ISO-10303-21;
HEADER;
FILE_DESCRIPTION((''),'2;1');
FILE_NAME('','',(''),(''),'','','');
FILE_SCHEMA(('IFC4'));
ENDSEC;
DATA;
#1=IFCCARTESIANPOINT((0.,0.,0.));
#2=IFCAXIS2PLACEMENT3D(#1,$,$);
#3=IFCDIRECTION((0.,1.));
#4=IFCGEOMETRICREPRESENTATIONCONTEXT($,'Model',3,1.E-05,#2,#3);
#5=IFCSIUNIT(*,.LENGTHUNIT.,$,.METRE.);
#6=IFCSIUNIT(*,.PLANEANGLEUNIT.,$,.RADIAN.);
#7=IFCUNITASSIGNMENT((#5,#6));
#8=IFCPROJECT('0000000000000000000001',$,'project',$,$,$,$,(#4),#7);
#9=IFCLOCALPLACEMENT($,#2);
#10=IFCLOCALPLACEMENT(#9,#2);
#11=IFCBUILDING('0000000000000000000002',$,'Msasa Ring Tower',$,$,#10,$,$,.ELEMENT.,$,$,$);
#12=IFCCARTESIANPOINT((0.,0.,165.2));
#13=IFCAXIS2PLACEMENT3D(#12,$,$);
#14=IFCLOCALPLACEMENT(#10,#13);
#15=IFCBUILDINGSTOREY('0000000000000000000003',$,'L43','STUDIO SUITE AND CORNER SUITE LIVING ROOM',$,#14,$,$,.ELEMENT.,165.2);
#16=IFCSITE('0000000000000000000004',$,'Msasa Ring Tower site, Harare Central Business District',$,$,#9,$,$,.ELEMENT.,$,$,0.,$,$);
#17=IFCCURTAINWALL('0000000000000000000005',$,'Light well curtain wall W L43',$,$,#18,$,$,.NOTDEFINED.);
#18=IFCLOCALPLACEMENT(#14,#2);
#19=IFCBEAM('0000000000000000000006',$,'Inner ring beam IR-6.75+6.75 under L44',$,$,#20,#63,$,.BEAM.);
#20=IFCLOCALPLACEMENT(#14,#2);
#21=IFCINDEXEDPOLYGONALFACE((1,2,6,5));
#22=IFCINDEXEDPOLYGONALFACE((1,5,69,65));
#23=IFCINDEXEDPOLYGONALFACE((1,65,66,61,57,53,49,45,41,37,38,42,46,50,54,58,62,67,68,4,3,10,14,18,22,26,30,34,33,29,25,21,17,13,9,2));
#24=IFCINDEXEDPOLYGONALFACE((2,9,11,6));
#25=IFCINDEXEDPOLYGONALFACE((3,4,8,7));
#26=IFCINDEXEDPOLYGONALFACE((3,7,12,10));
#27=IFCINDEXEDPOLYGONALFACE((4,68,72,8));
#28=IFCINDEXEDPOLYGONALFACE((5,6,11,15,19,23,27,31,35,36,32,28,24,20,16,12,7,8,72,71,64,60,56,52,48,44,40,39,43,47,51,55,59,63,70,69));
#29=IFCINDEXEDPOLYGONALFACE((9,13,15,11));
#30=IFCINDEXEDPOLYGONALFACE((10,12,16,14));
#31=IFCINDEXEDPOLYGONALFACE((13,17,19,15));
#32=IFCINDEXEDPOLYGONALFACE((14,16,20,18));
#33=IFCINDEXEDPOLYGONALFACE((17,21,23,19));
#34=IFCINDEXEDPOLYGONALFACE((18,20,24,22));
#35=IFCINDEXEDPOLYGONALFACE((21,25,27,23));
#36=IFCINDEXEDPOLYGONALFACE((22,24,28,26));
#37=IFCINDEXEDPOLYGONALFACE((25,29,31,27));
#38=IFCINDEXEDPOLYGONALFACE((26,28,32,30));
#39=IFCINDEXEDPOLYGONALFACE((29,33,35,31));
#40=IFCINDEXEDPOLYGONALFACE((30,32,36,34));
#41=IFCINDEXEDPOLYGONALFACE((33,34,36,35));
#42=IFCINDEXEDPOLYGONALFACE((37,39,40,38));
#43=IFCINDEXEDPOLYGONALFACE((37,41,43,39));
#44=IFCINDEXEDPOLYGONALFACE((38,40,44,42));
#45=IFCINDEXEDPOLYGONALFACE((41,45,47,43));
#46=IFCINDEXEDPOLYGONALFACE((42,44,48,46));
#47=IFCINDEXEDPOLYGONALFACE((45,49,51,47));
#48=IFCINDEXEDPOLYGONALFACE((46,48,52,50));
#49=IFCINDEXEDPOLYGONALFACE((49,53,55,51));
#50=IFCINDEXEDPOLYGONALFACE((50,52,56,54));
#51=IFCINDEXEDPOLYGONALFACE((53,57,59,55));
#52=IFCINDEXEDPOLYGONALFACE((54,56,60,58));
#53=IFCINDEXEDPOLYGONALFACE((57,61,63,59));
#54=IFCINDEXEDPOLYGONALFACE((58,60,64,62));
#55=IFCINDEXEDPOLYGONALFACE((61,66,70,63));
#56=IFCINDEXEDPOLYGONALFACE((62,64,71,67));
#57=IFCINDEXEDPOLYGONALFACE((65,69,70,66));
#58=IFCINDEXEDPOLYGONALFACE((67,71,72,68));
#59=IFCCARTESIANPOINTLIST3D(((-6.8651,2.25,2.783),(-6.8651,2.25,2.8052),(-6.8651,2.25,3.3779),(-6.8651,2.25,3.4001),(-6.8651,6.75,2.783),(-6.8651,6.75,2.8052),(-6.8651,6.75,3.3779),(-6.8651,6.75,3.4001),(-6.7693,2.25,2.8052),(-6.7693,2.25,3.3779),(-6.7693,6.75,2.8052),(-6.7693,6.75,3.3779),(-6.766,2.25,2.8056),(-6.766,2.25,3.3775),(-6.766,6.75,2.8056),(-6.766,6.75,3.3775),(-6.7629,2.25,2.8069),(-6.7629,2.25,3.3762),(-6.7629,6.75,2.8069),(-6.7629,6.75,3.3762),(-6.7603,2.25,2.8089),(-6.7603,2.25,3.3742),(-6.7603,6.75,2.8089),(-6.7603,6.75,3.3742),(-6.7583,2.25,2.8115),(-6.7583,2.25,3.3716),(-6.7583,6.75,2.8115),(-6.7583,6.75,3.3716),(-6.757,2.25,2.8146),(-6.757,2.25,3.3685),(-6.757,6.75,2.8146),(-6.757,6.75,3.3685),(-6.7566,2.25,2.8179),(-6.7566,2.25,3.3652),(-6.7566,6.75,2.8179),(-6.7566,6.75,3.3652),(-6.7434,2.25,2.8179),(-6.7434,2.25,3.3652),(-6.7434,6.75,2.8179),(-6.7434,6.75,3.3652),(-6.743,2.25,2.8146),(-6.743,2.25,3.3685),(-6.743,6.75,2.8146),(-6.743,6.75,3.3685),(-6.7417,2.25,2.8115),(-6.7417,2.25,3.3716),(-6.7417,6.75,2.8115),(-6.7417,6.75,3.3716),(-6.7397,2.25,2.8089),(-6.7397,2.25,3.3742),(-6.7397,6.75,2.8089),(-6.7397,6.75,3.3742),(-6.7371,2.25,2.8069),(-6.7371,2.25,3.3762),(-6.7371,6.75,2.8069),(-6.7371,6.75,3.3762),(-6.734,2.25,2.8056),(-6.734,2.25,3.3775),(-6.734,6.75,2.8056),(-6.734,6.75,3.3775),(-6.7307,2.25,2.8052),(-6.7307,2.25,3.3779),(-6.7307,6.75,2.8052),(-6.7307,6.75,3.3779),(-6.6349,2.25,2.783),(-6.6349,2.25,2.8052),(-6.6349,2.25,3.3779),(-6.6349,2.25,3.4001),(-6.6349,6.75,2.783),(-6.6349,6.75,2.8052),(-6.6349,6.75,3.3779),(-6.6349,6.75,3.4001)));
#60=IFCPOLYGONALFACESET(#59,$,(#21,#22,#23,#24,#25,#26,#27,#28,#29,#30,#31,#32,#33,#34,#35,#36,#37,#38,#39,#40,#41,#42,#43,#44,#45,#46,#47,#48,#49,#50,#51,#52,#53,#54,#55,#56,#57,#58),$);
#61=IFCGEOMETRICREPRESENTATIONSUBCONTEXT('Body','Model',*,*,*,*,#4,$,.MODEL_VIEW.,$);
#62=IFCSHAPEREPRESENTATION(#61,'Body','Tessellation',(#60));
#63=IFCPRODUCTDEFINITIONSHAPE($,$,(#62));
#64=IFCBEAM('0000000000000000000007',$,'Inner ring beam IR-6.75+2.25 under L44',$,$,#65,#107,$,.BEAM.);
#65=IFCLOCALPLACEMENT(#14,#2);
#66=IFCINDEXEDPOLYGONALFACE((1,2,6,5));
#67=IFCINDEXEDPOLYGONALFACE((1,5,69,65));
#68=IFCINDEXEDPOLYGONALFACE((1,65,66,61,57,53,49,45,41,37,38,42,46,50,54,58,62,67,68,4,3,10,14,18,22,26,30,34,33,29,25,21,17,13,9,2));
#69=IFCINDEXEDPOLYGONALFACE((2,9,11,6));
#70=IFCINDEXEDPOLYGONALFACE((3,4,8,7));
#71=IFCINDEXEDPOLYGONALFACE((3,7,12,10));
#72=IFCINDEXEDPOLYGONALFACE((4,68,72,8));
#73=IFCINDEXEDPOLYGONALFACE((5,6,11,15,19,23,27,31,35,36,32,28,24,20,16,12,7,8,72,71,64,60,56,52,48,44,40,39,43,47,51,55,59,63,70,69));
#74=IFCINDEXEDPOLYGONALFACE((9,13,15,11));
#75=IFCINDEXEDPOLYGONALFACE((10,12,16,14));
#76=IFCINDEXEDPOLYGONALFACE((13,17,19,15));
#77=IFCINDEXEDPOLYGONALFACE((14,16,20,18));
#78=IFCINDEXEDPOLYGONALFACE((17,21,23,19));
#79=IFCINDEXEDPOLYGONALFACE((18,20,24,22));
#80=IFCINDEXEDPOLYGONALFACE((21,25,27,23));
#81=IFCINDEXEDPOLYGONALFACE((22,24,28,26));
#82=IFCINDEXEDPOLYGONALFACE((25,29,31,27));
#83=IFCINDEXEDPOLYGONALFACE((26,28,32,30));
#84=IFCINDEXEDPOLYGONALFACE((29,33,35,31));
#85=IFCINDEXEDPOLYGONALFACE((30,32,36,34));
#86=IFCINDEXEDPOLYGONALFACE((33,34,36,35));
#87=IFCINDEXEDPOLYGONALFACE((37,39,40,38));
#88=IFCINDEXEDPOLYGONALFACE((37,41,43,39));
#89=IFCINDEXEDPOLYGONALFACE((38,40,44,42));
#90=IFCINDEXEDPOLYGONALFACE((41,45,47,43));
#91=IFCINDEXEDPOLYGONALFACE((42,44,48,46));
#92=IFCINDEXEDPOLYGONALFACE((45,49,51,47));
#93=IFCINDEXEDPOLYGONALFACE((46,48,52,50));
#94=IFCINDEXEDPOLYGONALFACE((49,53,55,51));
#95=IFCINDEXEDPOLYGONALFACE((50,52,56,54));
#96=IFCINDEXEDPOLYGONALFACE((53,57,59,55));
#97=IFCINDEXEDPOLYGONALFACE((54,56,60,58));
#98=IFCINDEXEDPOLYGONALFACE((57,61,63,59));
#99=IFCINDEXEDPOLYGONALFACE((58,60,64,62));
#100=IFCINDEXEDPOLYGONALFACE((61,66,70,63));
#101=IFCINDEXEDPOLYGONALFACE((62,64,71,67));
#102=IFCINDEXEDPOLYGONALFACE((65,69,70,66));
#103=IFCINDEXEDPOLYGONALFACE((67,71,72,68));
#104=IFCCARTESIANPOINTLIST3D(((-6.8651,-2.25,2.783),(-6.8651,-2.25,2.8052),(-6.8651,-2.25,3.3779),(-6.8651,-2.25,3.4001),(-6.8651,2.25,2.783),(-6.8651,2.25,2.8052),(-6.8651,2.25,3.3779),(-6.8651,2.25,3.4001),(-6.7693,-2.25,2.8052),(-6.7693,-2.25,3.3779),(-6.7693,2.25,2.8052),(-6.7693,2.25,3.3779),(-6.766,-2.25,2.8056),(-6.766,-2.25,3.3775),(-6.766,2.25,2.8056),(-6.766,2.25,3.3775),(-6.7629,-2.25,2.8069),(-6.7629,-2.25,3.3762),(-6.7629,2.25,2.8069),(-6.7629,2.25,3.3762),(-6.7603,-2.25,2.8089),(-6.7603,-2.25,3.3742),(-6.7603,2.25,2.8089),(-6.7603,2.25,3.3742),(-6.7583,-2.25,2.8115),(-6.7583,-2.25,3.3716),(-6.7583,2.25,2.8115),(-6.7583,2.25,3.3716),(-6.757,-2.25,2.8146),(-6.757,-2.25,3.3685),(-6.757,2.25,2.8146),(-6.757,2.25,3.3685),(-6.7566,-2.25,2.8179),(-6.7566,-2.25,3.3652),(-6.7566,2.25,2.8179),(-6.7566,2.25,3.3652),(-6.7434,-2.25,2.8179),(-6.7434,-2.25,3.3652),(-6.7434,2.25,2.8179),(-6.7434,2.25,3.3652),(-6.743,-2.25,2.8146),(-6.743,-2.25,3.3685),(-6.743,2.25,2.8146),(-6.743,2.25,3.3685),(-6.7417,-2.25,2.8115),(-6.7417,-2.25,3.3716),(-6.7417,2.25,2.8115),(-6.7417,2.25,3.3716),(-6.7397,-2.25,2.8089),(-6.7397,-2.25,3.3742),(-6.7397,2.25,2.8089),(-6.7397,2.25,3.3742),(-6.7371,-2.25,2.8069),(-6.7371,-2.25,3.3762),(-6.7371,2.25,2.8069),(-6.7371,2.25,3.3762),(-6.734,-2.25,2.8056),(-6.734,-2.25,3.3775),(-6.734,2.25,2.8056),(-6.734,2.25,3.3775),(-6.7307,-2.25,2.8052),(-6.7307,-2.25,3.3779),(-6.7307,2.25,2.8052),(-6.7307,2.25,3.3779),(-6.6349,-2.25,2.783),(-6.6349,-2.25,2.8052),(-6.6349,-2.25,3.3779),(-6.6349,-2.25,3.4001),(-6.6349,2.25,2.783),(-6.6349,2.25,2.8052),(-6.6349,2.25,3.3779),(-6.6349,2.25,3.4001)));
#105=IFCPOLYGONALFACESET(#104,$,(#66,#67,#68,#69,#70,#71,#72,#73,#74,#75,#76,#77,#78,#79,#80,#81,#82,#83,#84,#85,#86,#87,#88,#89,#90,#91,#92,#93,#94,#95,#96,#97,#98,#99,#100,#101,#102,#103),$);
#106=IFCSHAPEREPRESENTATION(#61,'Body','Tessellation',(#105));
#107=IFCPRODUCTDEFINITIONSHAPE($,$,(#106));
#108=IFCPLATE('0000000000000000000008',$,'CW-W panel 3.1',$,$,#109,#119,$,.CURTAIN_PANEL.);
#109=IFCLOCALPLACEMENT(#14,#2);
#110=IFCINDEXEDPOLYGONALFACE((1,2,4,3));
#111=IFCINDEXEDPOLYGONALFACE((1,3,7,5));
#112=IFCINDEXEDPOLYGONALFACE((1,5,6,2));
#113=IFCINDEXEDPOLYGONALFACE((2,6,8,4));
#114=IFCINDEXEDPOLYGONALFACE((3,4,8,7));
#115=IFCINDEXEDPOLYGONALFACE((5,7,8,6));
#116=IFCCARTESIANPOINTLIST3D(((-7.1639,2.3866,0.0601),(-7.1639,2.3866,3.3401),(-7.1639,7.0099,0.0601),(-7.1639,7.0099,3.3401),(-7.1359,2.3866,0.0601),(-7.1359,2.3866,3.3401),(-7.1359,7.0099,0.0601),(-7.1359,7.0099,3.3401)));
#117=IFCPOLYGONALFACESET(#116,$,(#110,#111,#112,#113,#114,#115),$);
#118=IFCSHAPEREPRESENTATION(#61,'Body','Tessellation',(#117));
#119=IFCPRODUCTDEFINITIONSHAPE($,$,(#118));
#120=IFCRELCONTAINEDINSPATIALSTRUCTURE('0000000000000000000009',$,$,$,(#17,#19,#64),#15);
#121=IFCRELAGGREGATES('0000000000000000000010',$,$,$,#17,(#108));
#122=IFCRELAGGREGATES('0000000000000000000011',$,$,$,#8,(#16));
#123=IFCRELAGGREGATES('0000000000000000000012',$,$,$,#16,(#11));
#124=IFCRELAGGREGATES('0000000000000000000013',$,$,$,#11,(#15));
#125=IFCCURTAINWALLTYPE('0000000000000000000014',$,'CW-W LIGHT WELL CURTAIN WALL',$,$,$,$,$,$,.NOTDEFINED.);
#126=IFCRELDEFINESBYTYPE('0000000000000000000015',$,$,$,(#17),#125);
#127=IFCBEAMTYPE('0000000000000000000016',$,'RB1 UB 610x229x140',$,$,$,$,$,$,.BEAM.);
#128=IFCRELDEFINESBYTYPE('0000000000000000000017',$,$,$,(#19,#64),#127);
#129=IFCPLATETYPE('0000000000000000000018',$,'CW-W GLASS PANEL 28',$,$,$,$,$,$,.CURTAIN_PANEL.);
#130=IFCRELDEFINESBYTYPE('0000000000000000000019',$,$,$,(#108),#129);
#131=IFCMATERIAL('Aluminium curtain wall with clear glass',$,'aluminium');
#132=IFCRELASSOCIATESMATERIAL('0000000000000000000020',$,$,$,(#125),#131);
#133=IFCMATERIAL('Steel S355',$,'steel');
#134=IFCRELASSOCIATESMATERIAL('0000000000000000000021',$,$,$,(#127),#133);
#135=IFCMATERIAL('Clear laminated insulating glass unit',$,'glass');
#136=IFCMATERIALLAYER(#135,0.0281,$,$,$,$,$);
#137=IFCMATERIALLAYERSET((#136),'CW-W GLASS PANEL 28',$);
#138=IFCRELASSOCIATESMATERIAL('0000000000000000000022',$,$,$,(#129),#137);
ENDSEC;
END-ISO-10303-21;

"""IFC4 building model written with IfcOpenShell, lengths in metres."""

from ifc_helpers import new_model, si_unit, direction, frame, origin, origin_2d, place, context, subcontext, project, spatial, rectangle, i_section, extrude, material, layer, layer_set, material_profile, profile_set, type_object, element, aggregate, save


model = new_model("IFC4")

# Units and contexts
model_context = context("Model", 3, precision=1e-05, world=origin(), true_north=direction((0.0, 1.0)))
body_context = subcontext(model_context, "Body", "Model", "MODEL_VIEW")
ifc_project = project(units=[si_unit("LENGTHUNIT", "METRE"), si_unit("PLANEANGLEUNIT", "RADIAN")], contexts=[model_context])

# Site, building, storey
site_placement = place(None, origin())
site = spatial("IfcSite", under=ifc_project, at=site_placement, Name="Msasa Ring Tower site, Harare Central Business District", CompositionType="ELEMENT", RefElevation=0.0)
building_placement = place(site_placement, origin())
building = spatial("IfcBuilding", under=site, at=building_placement, Name="Msasa Ring Tower", CompositionType="ELEMENT")
storey_placement = place(building_placement, frame((0.0, 0.0, 165.2)))
storey = spatial("IfcBuildingStorey", under=building, at=storey_placement, Name="L43", Description="STUDIO SUITE AND CORNER SUITE LIVING ROOM", CompositionType="ELEMENT", Elevation=165.2)

# Shared definitions
ifc_material_1 = material(Name="Aluminium curtain wall with clear glass", Category="aluminium")
curtain_wall_type = type_object("IfcCurtainWallType", Name="CW-W LIGHT WELL CURTAIN WALL", PredefinedType="NOTDEFINED", material=ifc_material_1)

# Curtain wall
curtain_wall_1_placement = place(storey_placement, origin())
curtain_wall_1 = element("IfcCurtainWall", 1, at=curtain_wall_1_placement, inside=storey, type_object=curtain_wall_type, Name="Light well curtain wall W L43", PredefinedType="NOTDEFINED")

# Beams
ifc_material_2 = material(Name="Steel S355", Category="steel")
ifc_material_profile_1 = material_profile(ifc_material_2, i_section(OverallWidth=0.2302, OverallDepth=0.6172, WebThickness=0.0132, FlangeThickness=0.0222, FilletRadius=0.0127, at=origin_2d()), Name="UB 610x229x140")
ifc_profile_set_1 = profile_set([ifc_material_profile_1], Name="Steel S355")
beam_type = type_object("IfcBeamType", Name="RB1 UB 610x229x140", PredefinedType="BEAM", material=ifc_profile_set_1)
for number, where, z_axis, x_axis, name in (
    (2, (-6.75, 6.75, 3.0916), (0.0, -1.0, 0.0), (1.0, 0.0, 0.0), "Inner ring beam IR-6.75+6.75 under L44"),
    (3, (-6.75, 2.25, 3.0916), (0.0, -1.0, 0.0), (1.0, 0.0, 0.0), "Inner ring beam IR-6.75+2.25 under L44"),
):
    element("IfcBeam", number, at=place(storey_placement, frame(where, z_axis=z_axis, x_axis=x_axis)), inside=storey, type_object=beam_type, Name=name, PredefinedType="BEAM", context=body_context, shape_type="SweptSolid", body=[
        extrude(i_section(OverallWidth=0.2302, OverallDepth=0.6172, WebThickness=0.0132, FlangeThickness=0.0222, FilletRadius=0.0127, at=origin_2d()), origin(), (0.0, 0.0, 1.0), 4.5),
    ])

# Plate
ifc_material_3 = material(Name="Clear laminated insulating glass unit", Category="glass")
ifc_layer_1 = layer(ifc_material_3, 0.0281)
ifc_layer_set_1 = layer_set([ifc_layer_1], Name="CW-W GLASS PANEL 28")
plate_type = type_object("IfcPlateType", Name="CW-W GLASS PANEL 28", PredefinedType="CURTAIN_PANEL", material=ifc_layer_set_1)
plate_placement = place(storey_placement, frame((-7.1499, 4.6982, 0.0601), z_axis=(0.0, 0.0, 1.0), x_axis=(0.0, 1.0, 0.0)))
plate = element("IfcPlate", 4, at=plate_placement, type_object=plate_type, Name="CW-W panel 3.1", PredefinedType="CURTAIN_PANEL", context=body_context, shape_type="SweptSolid", body=[
    extrude(rectangle(XDim=4.6233, YDim=0.0281, at=origin_2d()), origin(), (0.0, 0.0, 1.0), 3.28),
])
aggregate(curtain_wall_1, [plate])

save(model, "model.ifc")
